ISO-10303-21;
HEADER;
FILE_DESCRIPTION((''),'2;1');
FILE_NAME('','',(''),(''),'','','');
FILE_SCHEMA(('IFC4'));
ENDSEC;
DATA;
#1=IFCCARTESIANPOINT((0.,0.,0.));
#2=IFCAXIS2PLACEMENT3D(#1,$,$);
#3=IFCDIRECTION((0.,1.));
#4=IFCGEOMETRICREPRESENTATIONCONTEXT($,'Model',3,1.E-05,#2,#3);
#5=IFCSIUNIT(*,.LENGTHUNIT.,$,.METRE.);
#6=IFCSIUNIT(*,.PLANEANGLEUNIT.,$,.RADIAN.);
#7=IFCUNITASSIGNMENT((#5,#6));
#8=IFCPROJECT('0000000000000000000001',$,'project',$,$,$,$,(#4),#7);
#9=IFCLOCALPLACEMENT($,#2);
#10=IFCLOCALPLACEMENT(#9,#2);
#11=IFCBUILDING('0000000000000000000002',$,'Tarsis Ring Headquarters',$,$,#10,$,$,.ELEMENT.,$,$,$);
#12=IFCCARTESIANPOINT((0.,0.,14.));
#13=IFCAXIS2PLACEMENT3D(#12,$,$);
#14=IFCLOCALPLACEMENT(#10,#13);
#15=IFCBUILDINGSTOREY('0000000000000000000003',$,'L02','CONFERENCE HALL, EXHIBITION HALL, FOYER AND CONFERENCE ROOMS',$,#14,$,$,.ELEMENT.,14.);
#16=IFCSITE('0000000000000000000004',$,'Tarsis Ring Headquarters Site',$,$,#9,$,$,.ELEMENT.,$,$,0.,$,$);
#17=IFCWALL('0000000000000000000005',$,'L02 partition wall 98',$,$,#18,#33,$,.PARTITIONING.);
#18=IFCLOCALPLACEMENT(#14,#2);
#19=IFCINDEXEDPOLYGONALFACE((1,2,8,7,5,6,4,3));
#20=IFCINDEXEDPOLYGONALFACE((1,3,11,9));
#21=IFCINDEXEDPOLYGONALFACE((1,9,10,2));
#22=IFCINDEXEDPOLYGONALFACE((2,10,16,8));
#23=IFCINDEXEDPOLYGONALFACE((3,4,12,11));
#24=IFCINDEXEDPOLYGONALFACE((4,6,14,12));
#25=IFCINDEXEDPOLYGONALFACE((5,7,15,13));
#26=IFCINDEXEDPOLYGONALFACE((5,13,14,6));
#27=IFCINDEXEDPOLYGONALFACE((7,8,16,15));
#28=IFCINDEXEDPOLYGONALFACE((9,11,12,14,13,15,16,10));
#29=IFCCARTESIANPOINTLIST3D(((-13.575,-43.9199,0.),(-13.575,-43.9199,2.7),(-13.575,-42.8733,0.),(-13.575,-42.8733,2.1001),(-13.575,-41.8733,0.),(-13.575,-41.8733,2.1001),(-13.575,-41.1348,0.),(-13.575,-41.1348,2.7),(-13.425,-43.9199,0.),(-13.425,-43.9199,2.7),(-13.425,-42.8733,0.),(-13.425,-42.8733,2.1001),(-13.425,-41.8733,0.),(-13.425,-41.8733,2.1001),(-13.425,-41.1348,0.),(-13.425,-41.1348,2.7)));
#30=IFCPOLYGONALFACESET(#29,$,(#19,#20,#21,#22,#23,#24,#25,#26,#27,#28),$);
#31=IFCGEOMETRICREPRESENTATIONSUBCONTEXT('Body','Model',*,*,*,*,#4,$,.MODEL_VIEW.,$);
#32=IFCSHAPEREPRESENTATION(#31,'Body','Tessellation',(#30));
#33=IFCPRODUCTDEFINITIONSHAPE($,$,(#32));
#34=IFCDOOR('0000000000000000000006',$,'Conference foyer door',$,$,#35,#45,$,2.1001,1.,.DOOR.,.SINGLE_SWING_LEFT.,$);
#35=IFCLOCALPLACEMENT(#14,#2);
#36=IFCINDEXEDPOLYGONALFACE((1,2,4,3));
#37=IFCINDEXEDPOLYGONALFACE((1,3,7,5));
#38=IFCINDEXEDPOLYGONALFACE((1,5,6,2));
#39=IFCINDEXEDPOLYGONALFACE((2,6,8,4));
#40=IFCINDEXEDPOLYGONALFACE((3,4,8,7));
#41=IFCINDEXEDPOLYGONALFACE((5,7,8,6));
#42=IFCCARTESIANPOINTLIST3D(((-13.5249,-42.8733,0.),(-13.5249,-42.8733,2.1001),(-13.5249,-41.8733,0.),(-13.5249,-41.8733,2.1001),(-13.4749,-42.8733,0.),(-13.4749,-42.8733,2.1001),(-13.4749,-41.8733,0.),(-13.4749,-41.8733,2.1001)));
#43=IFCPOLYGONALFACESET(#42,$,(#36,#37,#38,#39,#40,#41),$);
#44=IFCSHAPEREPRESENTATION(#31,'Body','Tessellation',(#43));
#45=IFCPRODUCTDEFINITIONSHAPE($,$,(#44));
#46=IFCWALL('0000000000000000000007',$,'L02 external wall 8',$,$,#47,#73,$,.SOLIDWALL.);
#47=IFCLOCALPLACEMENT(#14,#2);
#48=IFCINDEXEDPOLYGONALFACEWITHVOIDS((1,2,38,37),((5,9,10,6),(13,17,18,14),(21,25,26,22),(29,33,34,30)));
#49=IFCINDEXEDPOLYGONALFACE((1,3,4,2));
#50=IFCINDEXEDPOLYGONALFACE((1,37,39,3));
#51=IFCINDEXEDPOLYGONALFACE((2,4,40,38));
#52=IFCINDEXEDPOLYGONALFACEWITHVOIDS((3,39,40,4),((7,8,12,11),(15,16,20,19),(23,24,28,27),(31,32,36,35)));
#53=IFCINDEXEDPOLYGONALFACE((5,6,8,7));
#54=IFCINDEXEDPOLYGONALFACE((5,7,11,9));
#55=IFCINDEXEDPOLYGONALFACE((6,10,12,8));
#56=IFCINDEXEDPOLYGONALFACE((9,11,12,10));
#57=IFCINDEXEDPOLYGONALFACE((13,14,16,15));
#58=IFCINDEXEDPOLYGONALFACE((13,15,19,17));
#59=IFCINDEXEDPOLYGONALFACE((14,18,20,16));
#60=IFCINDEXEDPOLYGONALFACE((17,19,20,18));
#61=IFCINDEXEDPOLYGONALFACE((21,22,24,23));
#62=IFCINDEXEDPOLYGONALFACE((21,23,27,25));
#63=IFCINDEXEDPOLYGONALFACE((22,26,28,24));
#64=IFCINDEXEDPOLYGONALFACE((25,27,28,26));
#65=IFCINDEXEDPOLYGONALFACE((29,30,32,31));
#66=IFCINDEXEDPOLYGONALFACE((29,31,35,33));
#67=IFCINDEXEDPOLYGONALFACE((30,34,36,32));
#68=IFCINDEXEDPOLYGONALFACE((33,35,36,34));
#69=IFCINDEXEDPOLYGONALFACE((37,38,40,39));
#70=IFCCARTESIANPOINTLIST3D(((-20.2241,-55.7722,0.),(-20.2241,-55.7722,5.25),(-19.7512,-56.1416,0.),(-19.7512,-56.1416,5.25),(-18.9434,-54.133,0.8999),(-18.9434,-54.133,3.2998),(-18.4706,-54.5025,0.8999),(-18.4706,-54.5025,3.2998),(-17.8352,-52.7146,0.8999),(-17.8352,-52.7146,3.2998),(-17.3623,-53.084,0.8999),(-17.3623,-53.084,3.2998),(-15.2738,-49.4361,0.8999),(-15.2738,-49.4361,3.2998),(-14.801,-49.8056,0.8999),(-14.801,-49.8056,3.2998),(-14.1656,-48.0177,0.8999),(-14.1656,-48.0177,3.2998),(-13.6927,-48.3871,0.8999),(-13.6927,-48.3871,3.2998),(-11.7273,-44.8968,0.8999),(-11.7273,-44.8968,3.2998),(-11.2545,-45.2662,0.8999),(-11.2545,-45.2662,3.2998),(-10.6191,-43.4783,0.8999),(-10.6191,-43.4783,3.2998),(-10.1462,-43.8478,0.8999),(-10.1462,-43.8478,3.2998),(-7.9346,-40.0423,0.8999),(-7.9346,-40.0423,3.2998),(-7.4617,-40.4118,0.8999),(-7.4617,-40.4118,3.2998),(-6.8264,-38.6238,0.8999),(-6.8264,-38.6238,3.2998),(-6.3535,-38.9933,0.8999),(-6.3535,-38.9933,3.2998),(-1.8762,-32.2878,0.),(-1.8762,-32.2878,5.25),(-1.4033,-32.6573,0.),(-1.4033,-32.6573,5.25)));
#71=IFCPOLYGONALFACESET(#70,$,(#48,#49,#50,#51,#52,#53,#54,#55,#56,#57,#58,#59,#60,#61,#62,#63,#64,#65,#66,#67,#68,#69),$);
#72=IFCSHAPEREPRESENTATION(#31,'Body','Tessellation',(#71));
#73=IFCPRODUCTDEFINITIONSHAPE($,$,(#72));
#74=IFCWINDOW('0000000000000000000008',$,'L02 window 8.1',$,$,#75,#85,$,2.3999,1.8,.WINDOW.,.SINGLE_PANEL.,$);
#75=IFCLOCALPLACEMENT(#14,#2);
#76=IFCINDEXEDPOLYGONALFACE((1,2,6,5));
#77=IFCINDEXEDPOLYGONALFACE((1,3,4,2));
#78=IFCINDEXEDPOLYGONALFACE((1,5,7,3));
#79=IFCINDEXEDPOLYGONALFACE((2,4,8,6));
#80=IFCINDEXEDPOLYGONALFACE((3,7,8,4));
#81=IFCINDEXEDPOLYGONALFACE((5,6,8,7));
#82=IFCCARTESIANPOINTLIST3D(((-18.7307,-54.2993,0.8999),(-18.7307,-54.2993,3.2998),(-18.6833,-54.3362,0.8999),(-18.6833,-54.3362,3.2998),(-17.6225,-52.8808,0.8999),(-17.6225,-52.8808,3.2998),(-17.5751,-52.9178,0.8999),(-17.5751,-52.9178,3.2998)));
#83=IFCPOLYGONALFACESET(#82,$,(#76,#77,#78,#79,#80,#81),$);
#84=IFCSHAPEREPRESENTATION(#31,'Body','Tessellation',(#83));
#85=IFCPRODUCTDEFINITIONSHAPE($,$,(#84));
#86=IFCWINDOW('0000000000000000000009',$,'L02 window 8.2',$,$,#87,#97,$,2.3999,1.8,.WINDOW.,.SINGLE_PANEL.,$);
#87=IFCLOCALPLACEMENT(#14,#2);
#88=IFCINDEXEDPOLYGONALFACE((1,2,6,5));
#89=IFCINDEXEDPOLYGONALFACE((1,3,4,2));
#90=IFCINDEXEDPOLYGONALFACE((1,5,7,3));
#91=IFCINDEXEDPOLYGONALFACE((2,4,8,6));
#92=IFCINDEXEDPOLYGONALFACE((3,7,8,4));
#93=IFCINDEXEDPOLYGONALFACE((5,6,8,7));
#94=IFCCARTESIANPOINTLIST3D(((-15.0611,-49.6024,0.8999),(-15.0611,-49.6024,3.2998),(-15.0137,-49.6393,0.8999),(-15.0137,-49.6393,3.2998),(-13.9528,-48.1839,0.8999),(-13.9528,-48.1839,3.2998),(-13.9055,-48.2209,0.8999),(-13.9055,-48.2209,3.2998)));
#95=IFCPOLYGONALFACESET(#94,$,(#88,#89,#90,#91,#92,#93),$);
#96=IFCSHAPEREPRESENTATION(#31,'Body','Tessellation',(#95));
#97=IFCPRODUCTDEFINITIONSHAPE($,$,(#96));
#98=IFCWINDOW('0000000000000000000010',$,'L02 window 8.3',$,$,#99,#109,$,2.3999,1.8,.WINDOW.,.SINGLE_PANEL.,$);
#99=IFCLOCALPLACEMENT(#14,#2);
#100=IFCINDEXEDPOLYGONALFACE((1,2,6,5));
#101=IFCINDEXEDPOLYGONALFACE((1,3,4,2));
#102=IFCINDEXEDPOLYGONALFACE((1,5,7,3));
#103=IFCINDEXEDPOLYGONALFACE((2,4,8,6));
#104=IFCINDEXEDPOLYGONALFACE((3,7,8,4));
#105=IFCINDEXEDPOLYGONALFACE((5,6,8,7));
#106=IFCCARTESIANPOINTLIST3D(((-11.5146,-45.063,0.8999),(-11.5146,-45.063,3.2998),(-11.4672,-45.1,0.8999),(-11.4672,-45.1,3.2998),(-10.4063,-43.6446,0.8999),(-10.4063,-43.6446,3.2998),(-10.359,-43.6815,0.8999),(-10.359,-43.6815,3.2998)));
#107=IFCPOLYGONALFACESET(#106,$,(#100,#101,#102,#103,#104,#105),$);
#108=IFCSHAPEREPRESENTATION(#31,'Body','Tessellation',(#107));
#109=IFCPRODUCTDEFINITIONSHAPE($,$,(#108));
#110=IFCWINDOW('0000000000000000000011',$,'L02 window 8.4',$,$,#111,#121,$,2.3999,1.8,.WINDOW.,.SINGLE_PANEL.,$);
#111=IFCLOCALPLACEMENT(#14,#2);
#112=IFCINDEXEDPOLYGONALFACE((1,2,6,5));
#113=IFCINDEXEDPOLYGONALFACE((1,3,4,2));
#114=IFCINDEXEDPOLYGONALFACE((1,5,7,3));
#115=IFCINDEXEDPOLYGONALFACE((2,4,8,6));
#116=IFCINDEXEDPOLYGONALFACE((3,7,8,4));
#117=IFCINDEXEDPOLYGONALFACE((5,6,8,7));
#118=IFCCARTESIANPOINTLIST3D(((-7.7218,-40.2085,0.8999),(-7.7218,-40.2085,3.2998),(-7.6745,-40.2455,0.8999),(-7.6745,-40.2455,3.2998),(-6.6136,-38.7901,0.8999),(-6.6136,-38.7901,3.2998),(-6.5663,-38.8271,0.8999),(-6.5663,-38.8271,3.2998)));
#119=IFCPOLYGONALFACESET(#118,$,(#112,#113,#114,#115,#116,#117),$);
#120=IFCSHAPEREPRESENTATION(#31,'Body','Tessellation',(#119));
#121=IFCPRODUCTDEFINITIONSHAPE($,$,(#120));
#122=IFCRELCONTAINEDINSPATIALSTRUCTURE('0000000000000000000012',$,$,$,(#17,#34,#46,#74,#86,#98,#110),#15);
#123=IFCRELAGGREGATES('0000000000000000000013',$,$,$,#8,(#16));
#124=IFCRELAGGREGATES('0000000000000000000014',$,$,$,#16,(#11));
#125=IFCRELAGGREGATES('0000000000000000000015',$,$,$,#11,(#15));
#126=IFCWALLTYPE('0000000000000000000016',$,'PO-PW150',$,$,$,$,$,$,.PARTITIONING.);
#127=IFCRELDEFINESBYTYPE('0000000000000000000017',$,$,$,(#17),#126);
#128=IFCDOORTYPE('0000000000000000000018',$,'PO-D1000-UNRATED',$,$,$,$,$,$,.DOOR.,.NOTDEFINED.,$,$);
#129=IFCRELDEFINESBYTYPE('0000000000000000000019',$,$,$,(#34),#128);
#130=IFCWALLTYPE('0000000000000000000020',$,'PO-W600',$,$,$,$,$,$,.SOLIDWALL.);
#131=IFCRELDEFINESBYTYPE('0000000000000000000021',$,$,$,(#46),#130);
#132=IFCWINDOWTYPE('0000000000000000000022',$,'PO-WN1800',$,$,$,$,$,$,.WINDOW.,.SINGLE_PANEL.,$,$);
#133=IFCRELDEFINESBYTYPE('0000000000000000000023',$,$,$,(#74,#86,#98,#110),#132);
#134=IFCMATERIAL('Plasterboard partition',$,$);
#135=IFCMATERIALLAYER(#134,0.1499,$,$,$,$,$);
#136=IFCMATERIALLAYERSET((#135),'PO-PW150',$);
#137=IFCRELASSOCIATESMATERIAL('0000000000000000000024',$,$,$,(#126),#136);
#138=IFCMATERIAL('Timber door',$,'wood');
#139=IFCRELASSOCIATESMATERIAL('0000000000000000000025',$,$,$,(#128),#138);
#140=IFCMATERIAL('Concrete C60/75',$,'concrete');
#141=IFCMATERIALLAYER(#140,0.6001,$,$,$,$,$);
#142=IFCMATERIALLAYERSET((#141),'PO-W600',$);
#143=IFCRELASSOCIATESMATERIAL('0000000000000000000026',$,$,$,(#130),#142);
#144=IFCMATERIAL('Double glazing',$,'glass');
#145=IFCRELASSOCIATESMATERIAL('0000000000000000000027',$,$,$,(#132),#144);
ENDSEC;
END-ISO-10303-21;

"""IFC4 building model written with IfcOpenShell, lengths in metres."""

from ifc_helpers import new_model, si_unit, direction, frame, frame_2d, origin, place, context, subcontext, project, spatial, rectangle, extrude, material, layer, layer_set, type_object, element, fill, save


model = new_model("IFC4")

# Units and contexts
model_context = context("Model", 3, precision=1e-05, world=origin(), true_north=direction((0.0, 1.0)))
body_context = subcontext(model_context, "Body", "Model", "MODEL_VIEW")
ifc_project = project(units=[si_unit("LENGTHUNIT", "METRE"), si_unit("PLANEANGLEUNIT", "RADIAN")], contexts=[model_context])

# Site, building, storey
site_placement = place(None, origin())
site = spatial("IfcSite", under=ifc_project, at=site_placement, Name="Tarsis Ring Headquarters Site", CompositionType="ELEMENT", RefElevation=0.0)
building_placement = place(site_placement, origin())
building = spatial("IfcBuilding", under=site, at=building_placement, Name="Tarsis Ring Headquarters", CompositionType="ELEMENT")
storey_placement = place(building_placement, frame((0.0, 0.0, 14.0)))
storey = spatial("IfcBuildingStorey", under=building, at=storey_placement, Name="L02", Description="CONFERENCE HALL, EXHIBITION HALL, FOYER AND CONFERENCE ROOMS", CompositionType="ELEMENT", Elevation=14.0)

# Shared definitions
ifc_material_1 = material(Name="Concrete C60/75", Category="concrete")

# Shared definitions
ifc_material_2 = material(Name="Plasterboard partition")
ifc_layer_1 = layer(ifc_material_2, 0.1499)
ifc_layer_set_1 = layer_set([ifc_layer_1], Name="PO-PW150")
wall_type_1 = type_object("IfcWallType", Name="PO-PW150", PredefinedType="PARTITIONING", material=ifc_layer_set_1)

# Wall, opening, door
wall_1_placement = place(storey_placement, frame((-13.5, -43.9199, 0.0), z_axis=(0.0, 0.0, 1.0), x_axis=(0.0, 1.0, 0.0)))
wall_1 = element("IfcWall", 1, at=wall_1_placement, inside=storey, type_object=wall_type_1, Name="L02 partition wall 98", PredefinedType="PARTITIONING", context=body_context, shape_type="SweptSolid", body=[
    extrude(rectangle(XDim=2.7852, YDim=0.1499, at=frame_2d((1.3926, 0.0))), origin(), (0.0, 0.0, 1.0), 2.7),
])
opening_1_placement = place(wall_1_placement, frame((1.0466, 0.0, 0.0)))
opening_1 = element("IfcOpeningElement", 2, at=opening_1_placement, cuts=wall_1, PredefinedType="OPENING", context=body_context, shape_type="SweptSolid", body=[
    extrude(rectangle(XDim=1.0, YDim=2.1001, at=frame_2d((0.5, 1.05))), frame((0.0, 0.085, 0.0), z_axis=(0.0, -1.0, 0.0), x_axis=(1.0, 0.0, 0.0)), (0.0, 0.0, 1.0), 0.1699),
])
ifc_material_3 = material(Name="Timber door", Category="wood")
door_type = type_object("IfcDoorType", Name="PO-D1000-UNRATED", OperationType="NOTDEFINED", PredefinedType="DOOR", material=ifc_material_3)
door_placement = place(opening_1_placement, origin())
door = element("IfcDoor", 3, at=door_placement, inside=storey, type_object=door_type, Name="Conference foyer door", OperationType="SINGLE_SWING_LEFT", OverallHeight=2.1001, OverallWidth=1.0, PredefinedType="DOOR", context=body_context, shape_type="SweptSolid", body=[
    extrude(rectangle(XDim=1.0, YDim=2.1001, at=frame_2d((0.5, 1.05))), frame((0.0, 0.0249, 0.0), z_axis=(0.0, -1.0, 0.0), x_axis=(1.0, 0.0, 0.0)), (0.0, 0.0, 1.0), 0.05),
])
fill(opening_1, door)

# Wall, openings, windows
ifc_layer_2 = layer(ifc_material_1, 0.6001)
ifc_layer_set_2 = layer_set([ifc_layer_2], Name="PO-W600")
wall_type_2 = type_object("IfcWallType", Name="PO-W600", PredefinedType="SOLIDWALL", material=ifc_layer_set_2)
wall_2_placement = place(storey_placement, frame((-19.9875, -55.9568, 0.0), z_axis=(0.0, 0.0, 1.0), x_axis=(0.615659, 0.788012, 0.0)))
wall_2 = element("IfcWall", 4, at=wall_2_placement, inside=storey, type_object=wall_type_2, Name="L02 external wall 8", PredefinedType="SOLIDWALL", context=body_context, shape_type="SweptSolid", body=[
    extrude(rectangle(XDim=29.802, YDim=0.6001, at=frame_2d((14.9009, 0.0))), origin(), (0.0, 0.0, 1.0), 5.25),
])
opening_2_placement = place(wall_2_placement, frame((2.0801, 0.0, 0.8999)))
opening_2 = element("IfcOpeningElement", 5, at=opening_2_placement, cuts=wall_2, PredefinedType="OPENING", context=body_context, shape_type="SweptSolid", body=[
    extrude(rectangle(XDim=1.8, YDim=2.3999, at=frame_2d((0.8999, 1.2))), frame((0.0, 0.3101, 0.0), z_axis=(0.0, -1.0, 0.0), x_axis=(1.0, 0.0, 0.0)), (0.0, 0.0, 1.0), 0.6201),
])
opening_3_placement = place(wall_2_placement, frame((8.0405, 0.0, 0.8999)))
opening_3 = element("IfcOpeningElement", 6, at=opening_3_placement, cuts=wall_2, PredefinedType="OPENING", context=body_context, shape_type="SweptSolid", body=[
    extrude(rectangle(XDim=1.8, YDim=2.3999, at=frame_2d((0.8999, 1.2))), frame((0.0, 0.3101, 0.0), z_axis=(0.0, -1.0, 0.0), x_axis=(1.0, 0.0, 0.0)), (0.0, 0.0, 1.0), 0.6201),
])
opening_4_placement = place(wall_2_placement, frame((13.801, 0.0, 0.8999)))
opening_4 = element("IfcOpeningElement", 7, at=opening_4_placement, cuts=wall_2, PredefinedType="OPENING", context=body_context, shape_type="SweptSolid", body=[
    extrude(rectangle(XDim=1.8, YDim=2.3999, at=frame_2d((0.8999, 1.2))), frame((0.0, 0.3101, 0.0), z_axis=(0.0, -1.0, 0.0), x_axis=(1.0, 0.0, 0.0)), (0.0, 0.0, 1.0), 0.6201),
])
opening_5_placement = place(wall_2_placement, frame((19.9614, 0.0, 0.8999)))
opening_5 = element("IfcOpeningElement", 8, at=opening_5_placement, cuts=wall_2, PredefinedType="OPENING", context=body_context, shape_type="SweptSolid", body=[
    extrude(rectangle(XDim=1.8, YDim=2.3999, at=frame_2d((0.8999, 1.2))), frame((0.0, 0.3101, 0.0), z_axis=(0.0, -1.0, 0.0), x_axis=(1.0, 0.0, 0.0)), (0.0, 0.0, 1.0), 0.6201),
])
ifc_material_4 = material(Name="Double glazing", Category="glass")
window_type = type_object("IfcWindowType", Name="PO-WN1800", PartitioningType="SINGLE_PANEL", PredefinedType="WINDOW", material=ifc_material_4)
window_1_placement = place(opening_2_placement, origin())
window_1 = element("IfcWindow", 9, at=window_1_placement, inside=storey, type_object=window_type, Name="L02 window 8.1", OverallHeight=2.3999, OverallWidth=1.8, PartitioningType="SINGLE_PANEL", PredefinedType="WINDOW", context=body_context, shape_type="SweptSolid", body=[
    extrude(rectangle(XDim=1.8, YDim=2.3999, at=frame_2d((0.8999, 1.2))), frame((0.0, 0.03, 0.0), z_axis=(0.0, -1.0, 0.0), x_axis=(1.0, 0.0, 0.0)), (0.0, 0.0, 1.0), 0.0601),
])
fill(opening_2, window_1)
window_2_placement = place(opening_3_placement, origin())
window_2 = element("IfcWindow", 10, at=window_2_placement, inside=storey, type_object=window_type, Name="L02 window 8.2", OverallHeight=2.3999, OverallWidth=1.8, PartitioningType="SINGLE_PANEL", PredefinedType="WINDOW", context=body_context, shape_type="SweptSolid", body=[
    extrude(rectangle(XDim=1.8, YDim=2.3999, at=frame_2d((0.8999, 1.2))), frame((0.0, 0.03, 0.0), z_axis=(0.0, -1.0, 0.0), x_axis=(1.0, 0.0, 0.0)), (0.0, 0.0, 1.0), 0.0601),
])
fill(opening_3, window_2)
window_3_placement = place(opening_4_placement, origin())
window_3 = element("IfcWindow", 11, at=window_3_placement, inside=storey, type_object=window_type, Name="L02 window 8.3", OverallHeight=2.3999, OverallWidth=1.8, PartitioningType="SINGLE_PANEL", PredefinedType="WINDOW", context=body_context, shape_type="SweptSolid", body=[
    extrude(rectangle(XDim=1.8, YDim=2.3999, at=frame_2d((0.8999, 1.2))), frame((0.0, 0.03, 0.0), z_axis=(0.0, -1.0, 0.0), x_axis=(1.0, 0.0, 0.0)), (0.0, 0.0, 1.0), 0.0601),
])
fill(opening_4, window_3)
window_4_placement = place(opening_5_placement, origin())
window_4 = element("IfcWindow", 12, at=window_4_placement, inside=storey, type_object=window_type, Name="L02 window 8.4", OverallHeight=2.3999, OverallWidth=1.8, PartitioningType="SINGLE_PANEL", PredefinedType="WINDOW", context=body_context, shape_type="SweptSolid", body=[
    extrude(rectangle(XDim=1.8, YDim=2.3999, at=frame_2d((0.8999, 1.2))), frame((0.0, 0.03, 0.0), z_axis=(0.0, -1.0, 0.0), x_axis=(1.0, 0.0, 0.0)), (0.0, 0.0, 1.0), 0.0601),
])
fill(opening_5, window_4)

save(model, "model.ifc")
